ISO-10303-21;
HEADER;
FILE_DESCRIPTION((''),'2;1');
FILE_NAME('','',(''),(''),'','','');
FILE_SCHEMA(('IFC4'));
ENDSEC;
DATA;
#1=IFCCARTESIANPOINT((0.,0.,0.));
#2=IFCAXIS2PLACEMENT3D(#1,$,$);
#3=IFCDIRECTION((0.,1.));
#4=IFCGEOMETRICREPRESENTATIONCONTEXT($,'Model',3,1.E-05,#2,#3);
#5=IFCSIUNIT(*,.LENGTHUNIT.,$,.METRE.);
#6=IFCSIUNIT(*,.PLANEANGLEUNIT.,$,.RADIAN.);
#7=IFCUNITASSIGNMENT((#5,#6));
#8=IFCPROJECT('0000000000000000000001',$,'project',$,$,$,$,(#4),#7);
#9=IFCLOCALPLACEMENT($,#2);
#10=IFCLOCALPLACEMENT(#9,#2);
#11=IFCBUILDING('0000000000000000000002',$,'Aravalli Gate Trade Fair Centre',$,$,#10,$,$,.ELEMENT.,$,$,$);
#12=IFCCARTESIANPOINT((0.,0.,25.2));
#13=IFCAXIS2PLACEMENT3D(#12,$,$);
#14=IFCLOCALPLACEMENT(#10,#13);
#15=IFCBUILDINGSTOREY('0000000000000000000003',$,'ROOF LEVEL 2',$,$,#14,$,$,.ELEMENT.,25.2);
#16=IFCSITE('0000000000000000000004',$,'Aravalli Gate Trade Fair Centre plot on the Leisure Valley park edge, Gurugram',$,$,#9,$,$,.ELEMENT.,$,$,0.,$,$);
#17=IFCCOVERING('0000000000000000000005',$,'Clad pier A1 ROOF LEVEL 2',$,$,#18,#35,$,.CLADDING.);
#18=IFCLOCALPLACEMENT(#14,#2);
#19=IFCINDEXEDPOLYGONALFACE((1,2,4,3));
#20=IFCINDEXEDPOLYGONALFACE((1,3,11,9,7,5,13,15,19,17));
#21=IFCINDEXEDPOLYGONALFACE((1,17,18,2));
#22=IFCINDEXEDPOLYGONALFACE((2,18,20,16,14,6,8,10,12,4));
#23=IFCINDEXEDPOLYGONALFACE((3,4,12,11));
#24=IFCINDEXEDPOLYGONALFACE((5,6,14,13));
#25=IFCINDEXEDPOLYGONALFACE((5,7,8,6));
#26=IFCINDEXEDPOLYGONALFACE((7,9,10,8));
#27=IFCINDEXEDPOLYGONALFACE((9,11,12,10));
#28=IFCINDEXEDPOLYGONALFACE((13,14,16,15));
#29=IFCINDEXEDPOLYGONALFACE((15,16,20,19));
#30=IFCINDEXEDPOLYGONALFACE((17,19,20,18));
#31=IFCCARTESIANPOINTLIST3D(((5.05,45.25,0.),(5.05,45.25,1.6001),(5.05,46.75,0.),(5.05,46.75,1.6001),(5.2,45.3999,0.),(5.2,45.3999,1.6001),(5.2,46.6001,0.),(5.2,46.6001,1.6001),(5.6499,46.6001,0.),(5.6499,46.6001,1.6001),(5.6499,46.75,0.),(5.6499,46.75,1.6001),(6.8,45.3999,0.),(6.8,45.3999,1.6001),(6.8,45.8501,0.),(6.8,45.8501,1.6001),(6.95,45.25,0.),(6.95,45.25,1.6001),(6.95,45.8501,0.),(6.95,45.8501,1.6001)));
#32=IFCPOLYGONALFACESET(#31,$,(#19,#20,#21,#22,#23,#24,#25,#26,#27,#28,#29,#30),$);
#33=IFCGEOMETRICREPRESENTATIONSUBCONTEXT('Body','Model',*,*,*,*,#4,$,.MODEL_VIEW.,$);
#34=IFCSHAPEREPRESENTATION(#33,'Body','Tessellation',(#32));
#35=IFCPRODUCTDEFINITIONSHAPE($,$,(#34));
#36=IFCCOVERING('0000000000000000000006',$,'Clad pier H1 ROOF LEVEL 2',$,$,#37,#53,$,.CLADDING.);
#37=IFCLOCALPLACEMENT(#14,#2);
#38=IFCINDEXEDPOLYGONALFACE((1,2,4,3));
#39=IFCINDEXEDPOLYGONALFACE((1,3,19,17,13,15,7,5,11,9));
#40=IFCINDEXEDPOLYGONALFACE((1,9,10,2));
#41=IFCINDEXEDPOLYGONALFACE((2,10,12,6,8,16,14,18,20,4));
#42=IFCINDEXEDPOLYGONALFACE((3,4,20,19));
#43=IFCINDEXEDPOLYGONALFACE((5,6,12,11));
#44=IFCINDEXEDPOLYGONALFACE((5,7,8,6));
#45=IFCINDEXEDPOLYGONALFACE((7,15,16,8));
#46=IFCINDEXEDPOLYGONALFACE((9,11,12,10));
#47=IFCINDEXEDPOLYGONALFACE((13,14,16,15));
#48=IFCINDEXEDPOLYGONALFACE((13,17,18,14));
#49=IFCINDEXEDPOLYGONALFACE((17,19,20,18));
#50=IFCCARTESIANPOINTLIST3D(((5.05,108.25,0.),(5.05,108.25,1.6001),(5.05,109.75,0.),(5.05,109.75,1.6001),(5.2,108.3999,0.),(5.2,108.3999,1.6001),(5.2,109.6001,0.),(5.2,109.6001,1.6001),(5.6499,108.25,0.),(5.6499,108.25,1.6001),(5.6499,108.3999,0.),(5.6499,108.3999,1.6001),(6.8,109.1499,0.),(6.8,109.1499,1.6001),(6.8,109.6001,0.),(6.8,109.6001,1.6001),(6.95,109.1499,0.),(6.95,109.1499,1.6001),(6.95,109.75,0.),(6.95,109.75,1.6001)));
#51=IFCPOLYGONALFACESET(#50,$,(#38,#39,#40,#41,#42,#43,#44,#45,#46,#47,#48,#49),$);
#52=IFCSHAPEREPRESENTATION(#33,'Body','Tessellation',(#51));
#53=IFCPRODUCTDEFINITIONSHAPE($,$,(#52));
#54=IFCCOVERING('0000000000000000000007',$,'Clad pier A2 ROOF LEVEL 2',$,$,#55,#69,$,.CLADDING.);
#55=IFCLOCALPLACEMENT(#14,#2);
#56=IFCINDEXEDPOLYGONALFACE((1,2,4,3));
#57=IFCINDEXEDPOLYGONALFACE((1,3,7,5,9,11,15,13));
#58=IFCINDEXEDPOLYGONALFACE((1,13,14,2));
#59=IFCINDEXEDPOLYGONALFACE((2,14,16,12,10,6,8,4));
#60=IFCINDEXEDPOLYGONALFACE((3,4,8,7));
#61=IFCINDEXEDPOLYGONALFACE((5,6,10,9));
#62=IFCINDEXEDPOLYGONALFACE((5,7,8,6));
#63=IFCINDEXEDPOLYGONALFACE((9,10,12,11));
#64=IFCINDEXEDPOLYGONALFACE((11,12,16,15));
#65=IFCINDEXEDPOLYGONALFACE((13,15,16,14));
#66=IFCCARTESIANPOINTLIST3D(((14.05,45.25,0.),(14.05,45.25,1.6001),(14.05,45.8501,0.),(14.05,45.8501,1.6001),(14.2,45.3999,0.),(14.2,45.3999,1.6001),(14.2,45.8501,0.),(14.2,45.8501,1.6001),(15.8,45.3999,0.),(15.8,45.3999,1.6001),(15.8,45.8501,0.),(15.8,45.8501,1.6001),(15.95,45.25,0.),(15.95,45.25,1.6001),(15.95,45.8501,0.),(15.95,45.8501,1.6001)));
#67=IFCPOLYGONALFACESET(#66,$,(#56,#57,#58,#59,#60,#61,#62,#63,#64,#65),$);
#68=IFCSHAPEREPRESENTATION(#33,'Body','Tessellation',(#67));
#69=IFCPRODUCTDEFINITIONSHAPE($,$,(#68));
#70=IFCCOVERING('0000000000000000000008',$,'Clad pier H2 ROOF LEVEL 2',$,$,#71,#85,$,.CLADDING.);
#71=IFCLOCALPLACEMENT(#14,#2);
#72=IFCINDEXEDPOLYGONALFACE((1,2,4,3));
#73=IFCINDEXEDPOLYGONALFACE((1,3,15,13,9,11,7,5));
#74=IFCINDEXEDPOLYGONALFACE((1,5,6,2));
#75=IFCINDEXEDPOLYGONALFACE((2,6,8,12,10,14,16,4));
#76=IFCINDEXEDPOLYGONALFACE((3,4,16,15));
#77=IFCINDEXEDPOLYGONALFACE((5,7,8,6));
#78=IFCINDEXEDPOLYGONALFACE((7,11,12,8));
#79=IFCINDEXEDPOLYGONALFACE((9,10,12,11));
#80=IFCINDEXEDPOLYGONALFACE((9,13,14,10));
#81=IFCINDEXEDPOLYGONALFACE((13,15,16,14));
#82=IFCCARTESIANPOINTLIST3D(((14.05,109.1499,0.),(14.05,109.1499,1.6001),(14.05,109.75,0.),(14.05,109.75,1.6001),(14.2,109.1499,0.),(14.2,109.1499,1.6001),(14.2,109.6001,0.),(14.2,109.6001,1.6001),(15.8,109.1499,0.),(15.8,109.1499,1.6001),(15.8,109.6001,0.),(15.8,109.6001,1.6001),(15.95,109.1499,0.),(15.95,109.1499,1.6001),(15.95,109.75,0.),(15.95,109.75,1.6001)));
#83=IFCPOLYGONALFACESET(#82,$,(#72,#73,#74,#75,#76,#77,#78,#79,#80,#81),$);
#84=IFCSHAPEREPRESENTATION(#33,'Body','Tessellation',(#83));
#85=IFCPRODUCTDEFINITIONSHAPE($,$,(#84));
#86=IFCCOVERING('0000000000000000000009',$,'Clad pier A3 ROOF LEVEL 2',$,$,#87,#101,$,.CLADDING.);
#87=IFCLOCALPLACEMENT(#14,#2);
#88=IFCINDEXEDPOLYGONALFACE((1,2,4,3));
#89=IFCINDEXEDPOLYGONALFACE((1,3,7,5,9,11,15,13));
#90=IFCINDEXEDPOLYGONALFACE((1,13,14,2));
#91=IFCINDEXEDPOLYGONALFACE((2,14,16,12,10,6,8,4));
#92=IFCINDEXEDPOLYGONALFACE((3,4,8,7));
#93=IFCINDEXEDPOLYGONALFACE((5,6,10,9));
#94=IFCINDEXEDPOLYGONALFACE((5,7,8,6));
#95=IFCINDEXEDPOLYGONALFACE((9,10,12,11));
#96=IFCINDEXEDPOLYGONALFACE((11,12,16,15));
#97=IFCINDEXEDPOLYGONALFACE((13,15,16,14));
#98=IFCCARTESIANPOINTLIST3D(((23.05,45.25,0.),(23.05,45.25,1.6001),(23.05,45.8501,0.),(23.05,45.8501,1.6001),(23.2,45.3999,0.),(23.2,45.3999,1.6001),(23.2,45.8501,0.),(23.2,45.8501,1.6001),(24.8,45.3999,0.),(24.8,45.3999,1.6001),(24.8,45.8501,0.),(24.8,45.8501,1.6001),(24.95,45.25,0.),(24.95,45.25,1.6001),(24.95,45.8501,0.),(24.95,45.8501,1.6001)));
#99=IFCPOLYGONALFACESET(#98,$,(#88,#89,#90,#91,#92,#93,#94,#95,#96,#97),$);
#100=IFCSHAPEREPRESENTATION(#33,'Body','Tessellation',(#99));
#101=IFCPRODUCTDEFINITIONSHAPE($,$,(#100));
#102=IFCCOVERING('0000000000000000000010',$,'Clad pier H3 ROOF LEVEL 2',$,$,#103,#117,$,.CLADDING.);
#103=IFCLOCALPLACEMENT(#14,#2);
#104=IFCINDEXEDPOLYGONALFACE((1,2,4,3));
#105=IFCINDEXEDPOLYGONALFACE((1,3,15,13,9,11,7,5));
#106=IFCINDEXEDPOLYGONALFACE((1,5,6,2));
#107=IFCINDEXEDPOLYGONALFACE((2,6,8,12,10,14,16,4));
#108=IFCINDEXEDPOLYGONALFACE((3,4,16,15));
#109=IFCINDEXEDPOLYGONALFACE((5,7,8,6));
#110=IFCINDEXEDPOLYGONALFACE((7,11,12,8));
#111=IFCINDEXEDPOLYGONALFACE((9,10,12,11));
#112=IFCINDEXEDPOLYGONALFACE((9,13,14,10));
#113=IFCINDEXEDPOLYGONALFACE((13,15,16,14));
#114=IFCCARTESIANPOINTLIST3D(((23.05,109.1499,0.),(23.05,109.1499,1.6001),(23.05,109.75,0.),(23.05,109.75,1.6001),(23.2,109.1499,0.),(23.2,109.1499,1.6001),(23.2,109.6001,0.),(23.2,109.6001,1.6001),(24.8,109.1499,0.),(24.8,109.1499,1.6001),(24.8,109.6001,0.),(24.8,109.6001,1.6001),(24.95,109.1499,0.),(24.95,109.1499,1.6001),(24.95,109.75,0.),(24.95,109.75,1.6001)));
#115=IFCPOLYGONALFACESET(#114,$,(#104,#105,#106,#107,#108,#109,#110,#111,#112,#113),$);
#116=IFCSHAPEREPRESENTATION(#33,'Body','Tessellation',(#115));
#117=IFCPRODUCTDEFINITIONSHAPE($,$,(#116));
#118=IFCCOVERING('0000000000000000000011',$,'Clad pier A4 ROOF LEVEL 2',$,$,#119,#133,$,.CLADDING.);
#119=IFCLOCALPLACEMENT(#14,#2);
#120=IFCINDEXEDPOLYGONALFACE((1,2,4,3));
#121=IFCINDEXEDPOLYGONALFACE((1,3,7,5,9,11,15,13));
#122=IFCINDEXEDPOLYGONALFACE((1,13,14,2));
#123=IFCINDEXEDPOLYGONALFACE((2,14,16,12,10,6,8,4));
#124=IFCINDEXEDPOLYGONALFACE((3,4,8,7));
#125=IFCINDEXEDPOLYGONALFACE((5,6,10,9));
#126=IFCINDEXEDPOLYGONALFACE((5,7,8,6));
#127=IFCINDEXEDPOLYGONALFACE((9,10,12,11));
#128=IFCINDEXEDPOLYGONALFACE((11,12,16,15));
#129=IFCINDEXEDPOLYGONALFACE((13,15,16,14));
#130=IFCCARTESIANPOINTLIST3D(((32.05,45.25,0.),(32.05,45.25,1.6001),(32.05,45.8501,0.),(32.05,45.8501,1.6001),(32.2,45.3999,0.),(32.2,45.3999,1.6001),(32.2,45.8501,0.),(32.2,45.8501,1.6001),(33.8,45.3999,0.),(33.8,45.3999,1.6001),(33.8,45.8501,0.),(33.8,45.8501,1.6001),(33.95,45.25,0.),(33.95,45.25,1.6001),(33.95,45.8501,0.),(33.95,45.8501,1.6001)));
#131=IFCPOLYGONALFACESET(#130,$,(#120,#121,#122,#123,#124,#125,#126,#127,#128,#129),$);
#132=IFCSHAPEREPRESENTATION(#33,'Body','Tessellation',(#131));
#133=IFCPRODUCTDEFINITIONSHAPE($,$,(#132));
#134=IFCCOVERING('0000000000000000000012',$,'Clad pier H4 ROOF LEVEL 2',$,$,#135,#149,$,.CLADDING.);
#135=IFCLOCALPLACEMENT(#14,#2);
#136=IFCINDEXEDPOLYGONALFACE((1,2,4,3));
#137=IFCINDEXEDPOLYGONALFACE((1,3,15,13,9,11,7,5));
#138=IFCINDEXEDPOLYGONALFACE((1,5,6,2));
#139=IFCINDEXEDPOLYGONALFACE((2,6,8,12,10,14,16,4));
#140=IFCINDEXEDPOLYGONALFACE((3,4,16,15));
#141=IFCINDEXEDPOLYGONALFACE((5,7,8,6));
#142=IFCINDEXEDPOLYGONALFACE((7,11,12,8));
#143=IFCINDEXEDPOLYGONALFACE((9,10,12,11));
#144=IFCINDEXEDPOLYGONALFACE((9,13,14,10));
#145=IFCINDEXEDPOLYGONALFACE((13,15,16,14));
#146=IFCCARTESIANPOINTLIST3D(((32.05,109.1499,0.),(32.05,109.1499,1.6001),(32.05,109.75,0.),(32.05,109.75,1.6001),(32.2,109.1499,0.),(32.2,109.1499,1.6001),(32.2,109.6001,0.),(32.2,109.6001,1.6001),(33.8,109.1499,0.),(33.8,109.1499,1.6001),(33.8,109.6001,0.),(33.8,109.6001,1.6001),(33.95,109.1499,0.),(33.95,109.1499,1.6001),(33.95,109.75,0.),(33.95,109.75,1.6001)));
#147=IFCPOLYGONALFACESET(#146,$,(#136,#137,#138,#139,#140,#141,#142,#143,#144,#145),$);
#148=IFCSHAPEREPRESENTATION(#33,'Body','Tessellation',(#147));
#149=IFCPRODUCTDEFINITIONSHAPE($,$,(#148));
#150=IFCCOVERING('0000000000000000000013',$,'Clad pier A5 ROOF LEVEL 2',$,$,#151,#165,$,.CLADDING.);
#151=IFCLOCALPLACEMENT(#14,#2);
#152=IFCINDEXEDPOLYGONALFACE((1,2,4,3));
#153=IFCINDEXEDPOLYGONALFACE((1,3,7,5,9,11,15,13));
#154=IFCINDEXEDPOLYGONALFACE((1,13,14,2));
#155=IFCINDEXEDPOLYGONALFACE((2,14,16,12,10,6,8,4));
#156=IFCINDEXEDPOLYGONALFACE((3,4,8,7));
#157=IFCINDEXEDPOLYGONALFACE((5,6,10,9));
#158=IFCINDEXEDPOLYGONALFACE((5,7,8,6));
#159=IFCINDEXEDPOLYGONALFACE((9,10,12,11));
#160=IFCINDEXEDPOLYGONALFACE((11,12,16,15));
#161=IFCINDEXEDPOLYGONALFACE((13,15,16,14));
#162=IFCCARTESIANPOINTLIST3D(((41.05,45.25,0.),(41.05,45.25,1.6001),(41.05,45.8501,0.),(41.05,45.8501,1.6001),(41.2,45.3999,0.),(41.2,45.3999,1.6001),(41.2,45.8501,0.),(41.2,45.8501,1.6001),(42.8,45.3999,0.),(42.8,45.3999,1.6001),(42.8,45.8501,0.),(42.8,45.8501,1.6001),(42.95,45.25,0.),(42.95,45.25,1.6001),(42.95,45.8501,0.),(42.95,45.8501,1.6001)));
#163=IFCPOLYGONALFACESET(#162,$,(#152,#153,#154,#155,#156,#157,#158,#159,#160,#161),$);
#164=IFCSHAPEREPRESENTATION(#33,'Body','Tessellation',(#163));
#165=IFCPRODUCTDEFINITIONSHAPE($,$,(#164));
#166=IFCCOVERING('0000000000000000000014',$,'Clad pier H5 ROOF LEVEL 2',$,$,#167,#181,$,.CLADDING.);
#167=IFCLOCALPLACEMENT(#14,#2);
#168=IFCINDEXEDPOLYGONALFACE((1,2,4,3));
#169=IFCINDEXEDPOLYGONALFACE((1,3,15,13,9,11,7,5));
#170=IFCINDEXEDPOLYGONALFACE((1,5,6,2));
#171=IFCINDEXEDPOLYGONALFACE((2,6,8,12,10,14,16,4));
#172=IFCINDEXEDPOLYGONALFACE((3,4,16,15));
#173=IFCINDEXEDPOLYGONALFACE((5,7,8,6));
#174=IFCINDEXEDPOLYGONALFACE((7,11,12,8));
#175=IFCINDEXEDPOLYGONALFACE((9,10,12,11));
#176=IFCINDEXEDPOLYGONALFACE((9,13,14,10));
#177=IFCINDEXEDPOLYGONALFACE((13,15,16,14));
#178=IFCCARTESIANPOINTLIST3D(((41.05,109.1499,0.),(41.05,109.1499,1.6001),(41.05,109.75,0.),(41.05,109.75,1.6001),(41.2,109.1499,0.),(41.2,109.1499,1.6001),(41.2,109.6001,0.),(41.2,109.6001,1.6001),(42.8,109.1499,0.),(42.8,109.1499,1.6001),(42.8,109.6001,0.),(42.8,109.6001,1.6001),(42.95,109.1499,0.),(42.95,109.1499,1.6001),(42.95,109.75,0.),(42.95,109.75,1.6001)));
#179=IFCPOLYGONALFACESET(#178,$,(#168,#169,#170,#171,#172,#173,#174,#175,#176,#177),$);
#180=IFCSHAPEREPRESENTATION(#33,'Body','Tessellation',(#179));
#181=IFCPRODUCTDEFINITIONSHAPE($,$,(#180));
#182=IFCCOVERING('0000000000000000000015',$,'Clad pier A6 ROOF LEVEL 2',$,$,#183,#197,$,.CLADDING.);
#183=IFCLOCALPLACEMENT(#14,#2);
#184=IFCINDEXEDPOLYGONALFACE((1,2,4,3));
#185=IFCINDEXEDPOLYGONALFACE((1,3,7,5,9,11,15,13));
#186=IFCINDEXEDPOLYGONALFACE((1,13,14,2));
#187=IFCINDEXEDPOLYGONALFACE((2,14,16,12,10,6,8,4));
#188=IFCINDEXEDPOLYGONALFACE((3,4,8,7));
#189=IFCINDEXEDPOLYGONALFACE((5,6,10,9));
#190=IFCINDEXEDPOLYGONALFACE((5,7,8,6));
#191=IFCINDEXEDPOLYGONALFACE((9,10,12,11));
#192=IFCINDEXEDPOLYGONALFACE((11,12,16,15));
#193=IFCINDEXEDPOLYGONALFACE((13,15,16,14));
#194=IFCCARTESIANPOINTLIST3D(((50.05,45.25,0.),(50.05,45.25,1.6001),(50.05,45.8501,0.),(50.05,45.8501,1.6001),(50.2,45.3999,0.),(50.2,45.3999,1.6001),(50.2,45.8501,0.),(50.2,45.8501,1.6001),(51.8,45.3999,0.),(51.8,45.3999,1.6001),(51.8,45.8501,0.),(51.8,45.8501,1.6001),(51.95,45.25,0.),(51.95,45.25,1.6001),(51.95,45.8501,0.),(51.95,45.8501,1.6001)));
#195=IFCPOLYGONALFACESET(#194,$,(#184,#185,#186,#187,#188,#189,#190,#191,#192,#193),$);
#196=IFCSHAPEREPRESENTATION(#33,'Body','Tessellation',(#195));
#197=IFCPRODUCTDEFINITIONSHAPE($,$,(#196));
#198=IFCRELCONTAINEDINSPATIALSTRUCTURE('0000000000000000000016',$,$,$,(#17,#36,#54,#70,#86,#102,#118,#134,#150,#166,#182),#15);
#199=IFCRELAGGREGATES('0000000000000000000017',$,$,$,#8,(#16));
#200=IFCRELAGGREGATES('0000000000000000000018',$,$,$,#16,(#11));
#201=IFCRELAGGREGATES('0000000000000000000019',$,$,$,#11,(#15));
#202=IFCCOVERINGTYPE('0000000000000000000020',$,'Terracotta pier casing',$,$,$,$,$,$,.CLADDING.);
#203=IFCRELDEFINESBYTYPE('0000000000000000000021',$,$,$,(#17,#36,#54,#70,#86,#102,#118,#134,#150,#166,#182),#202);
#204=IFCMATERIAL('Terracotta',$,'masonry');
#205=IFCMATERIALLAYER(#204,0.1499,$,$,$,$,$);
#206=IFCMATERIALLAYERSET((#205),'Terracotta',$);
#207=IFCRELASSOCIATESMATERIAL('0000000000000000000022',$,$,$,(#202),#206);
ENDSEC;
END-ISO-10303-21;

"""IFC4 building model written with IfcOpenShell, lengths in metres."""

from ifc_helpers import new_model, si_unit, direction, frame, origin, place, context, subcontext, project, spatial, polyline, outline, extrude, material, layer, layer_set, type_object, element, save


model = new_model("IFC4")

# Units and contexts
model_context = context("Model", 3, precision=1e-05, world=origin(), true_north=direction((0.0, 1.0)))
body_context = subcontext(model_context, "Body", "Model", "MODEL_VIEW")
ifc_project = project(units=[si_unit("LENGTHUNIT", "METRE"), si_unit("PLANEANGLEUNIT", "RADIAN")], contexts=[model_context])

# Site, building, storey
site_placement = place(None, origin())
site = spatial("IfcSite", under=ifc_project, at=site_placement, Name="Aravalli Gate Trade Fair Centre plot on the Leisure Valley park edge, Gurugram", CompositionType="ELEMENT", RefElevation=0.0)
building_placement = place(site_placement, origin())
building = spatial("IfcBuilding", under=site, at=building_placement, Name="Aravalli Gate Trade Fair Centre", CompositionType="ELEMENT")
storey_placement = place(building_placement, frame((0.0, 0.0, 25.2)))
storey = spatial("IfcBuildingStorey", under=building, at=storey_placement, Name="ROOF LEVEL 2", CompositionType="ELEMENT", Elevation=25.2)

# Coverings
ifc_material = material(Name="Terracotta", Category="masonry")
ifc_layer = layer(ifc_material, 0.1499)
ifc_layer_set = layer_set([ifc_layer], Name="Terracotta")
covering_type = type_object("IfcCoveringType", Name="Terracotta pier casing", PredefinedType="CLADDING", material=ifc_layer_set)
covering_1_placement = place(storey_placement, origin())
element("IfcCovering", 1, at=covering_1_placement, inside=storey, type_object=covering_type, Name="Clad pier A1 ROOF LEVEL 2", PredefinedType="CLADDING", context=body_context, shape_type="SweptSolid", body=[
    extrude(outline(polyline([(5.05, 46.75), (5.6499, 46.75), (5.6499, 46.6001), (5.2, 46.6001), (5.2, 45.3999), (6.8, 45.3999), (6.8, 45.8501), (6.95, 45.8501), (6.95, 45.25), (5.05, 45.25), (5.05, 46.75)])), origin(), (0.0, 0.0, 1.0), 1.6001),
])
covering_2_placement = place(storey_placement, origin())
element("IfcCovering", 2, at=covering_2_placement, inside=storey, type_object=covering_type, Name="Clad pier H1 ROOF LEVEL 2", PredefinedType="CLADDING", context=body_context, shape_type="SweptSolid", body=[
    extrude(outline(polyline([(5.05, 109.75), (6.95, 109.75), (6.95, 109.1499), (6.8, 109.1499), (6.8, 109.6001), (5.2, 109.6001), (5.2, 108.3999), (5.6499, 108.3999), (5.6499, 108.25), (5.05, 108.25), (5.05, 109.75)])), origin(), (0.0, 0.0, 1.0), 1.6001),
])
covering_3_placement = place(storey_placement, origin())
element("IfcCovering", 3, at=covering_3_placement, inside=storey, type_object=covering_type, Name="Clad pier A2 ROOF LEVEL 2", PredefinedType="CLADDING", context=body_context, shape_type="SweptSolid", body=[
    extrude(outline(polyline([(14.05, 45.8501), (14.2, 45.8501), (14.2, 45.3999), (15.8, 45.3999), (15.8, 45.8501), (15.95, 45.8501), (15.95, 45.25), (14.05, 45.25), (14.05, 45.8501)])), origin(), (0.0, 0.0, 1.0), 1.6001),
])
covering_4_placement = place(storey_placement, origin())
element("IfcCovering", 4, at=covering_4_placement, inside=storey, type_object=covering_type, Name="Clad pier H2 ROOF LEVEL 2", PredefinedType="CLADDING", context=body_context, shape_type="SweptSolid", body=[
    extrude(outline(polyline([(14.05, 109.75), (15.95, 109.75), (15.95, 109.1499), (15.8, 109.1499), (15.8, 109.6001), (14.2, 109.6001), (14.2, 109.1499), (14.05, 109.1499), (14.05, 109.75)])), origin(), (0.0, 0.0, 1.0), 1.6001),
])
covering_5_placement = place(storey_placement, origin())
element("IfcCovering", 5, at=covering_5_placement, inside=storey, type_object=covering_type, Name="Clad pier A3 ROOF LEVEL 2", PredefinedType="CLADDING", context=body_context, shape_type="SweptSolid", body=[
    extrude(outline(polyline([(23.05, 45.8501), (23.2, 45.8501), (23.2, 45.3999), (24.8, 45.3999), (24.8, 45.8501), (24.95, 45.8501), (24.95, 45.25), (23.05, 45.25), (23.05, 45.8501)])), origin(), (0.0, 0.0, 1.0), 1.6001),
])
covering_6_placement = place(storey_placement, origin())
element("IfcCovering", 6, at=covering_6_placement, inside=storey, type_object=covering_type, Name="Clad pier H3 ROOF LEVEL 2", PredefinedType="CLADDING", context=body_context, shape_type="SweptSolid", body=[
    extrude(outline(polyline([(23.05, 109.75), (24.95, 109.75), (24.95, 109.1499), (24.8, 109.1499), (24.8, 109.6001), (23.2, 109.6001), (23.2, 109.1499), (23.05, 109.1499), (23.05, 109.75)])), origin(), (0.0, 0.0, 1.0), 1.6001),
])
covering_7_placement = place(storey_placement, origin())
element("IfcCovering", 7, at=covering_7_placement, inside=storey, type_object=covering_type, Name="Clad pier A4 ROOF LEVEL 2", PredefinedType="CLADDING", context=body_context, shape_type="SweptSolid", body=[
    extrude(outline(polyline([(32.05, 45.8501), (32.2, 45.8501), (32.2, 45.3999), (33.8, 45.3999), (33.8, 45.8501), (33.95, 45.8501), (33.95, 45.25), (32.05, 45.25), (32.05, 45.8501)])), origin(), (0.0, 0.0, 1.0), 1.6001),
])
covering_8_placement = place(storey_placement, origin())
element("IfcCovering", 8, at=covering_8_placement, inside=storey, type_object=covering_type, Name="Clad pier H4 ROOF LEVEL 2", PredefinedType="CLADDING", context=body_context, shape_type="SweptSolid", body=[
    extrude(outline(polyline([(32.05, 109.75), (33.95, 109.75), (33.95, 109.1499), (33.8, 109.1499), (33.8, 109.6001), (32.2, 109.6001), (32.2, 109.1499), (32.05, 109.1499), (32.05, 109.75)])), origin(), (0.0, 0.0, 1.0), 1.6001),
])
covering_9_placement = place(storey_placement, origin())
element("IfcCovering", 9, at=covering_9_placement, inside=storey, type_object=covering_type, Name="Clad pier A5 ROOF LEVEL 2", PredefinedType="CLADDING", context=body_context, shape_type="SweptSolid", body=[
    extrude(outline(polyline([(41.05, 45.8501), (41.2, 45.8501), (41.2, 45.3999), (42.8, 45.3999), (42.8, 45.8501), (42.95, 45.8501), (42.95, 45.25), (41.05, 45.25), (41.05, 45.8501)])), origin(), (0.0, 0.0, 1.0), 1.6001),
])
covering_10_placement = place(storey_placement, origin())
element("IfcCovering", 10, at=covering_10_placement, inside=storey, type_object=covering_type, Name="Clad pier H5 ROOF LEVEL 2", PredefinedType="CLADDING", context=body_context, shape_type="SweptSolid", body=[
    extrude(outline(polyline([(41.05, 109.75), (42.95, 109.75), (42.95, 109.1499), (42.8, 109.1499), (42.8, 109.6001), (41.2, 109.6001), (41.2, 109.1499), (41.05, 109.1499), (41.05, 109.75)])), origin(), (0.0, 0.0, 1.0), 1.6001),
])
covering_11_placement = place(storey_placement, origin())
element("IfcCovering", 11, at=covering_11_placement, inside=storey, type_object=covering_type, Name="Clad pier A6 ROOF LEVEL 2", PredefinedType="CLADDING", context=body_context, shape_type="SweptSolid", body=[
    extrude(outline(polyline([(50.05, 45.8501), (50.2, 45.8501), (50.2, 45.3999), (51.8, 45.3999), (51.8, 45.8501), (51.95, 45.8501), (51.95, 45.25), (50.05, 45.25), (50.05, 45.8501)])), origin(), (0.0, 0.0, 1.0), 1.6001),
])

save(model, "model.ifc")
